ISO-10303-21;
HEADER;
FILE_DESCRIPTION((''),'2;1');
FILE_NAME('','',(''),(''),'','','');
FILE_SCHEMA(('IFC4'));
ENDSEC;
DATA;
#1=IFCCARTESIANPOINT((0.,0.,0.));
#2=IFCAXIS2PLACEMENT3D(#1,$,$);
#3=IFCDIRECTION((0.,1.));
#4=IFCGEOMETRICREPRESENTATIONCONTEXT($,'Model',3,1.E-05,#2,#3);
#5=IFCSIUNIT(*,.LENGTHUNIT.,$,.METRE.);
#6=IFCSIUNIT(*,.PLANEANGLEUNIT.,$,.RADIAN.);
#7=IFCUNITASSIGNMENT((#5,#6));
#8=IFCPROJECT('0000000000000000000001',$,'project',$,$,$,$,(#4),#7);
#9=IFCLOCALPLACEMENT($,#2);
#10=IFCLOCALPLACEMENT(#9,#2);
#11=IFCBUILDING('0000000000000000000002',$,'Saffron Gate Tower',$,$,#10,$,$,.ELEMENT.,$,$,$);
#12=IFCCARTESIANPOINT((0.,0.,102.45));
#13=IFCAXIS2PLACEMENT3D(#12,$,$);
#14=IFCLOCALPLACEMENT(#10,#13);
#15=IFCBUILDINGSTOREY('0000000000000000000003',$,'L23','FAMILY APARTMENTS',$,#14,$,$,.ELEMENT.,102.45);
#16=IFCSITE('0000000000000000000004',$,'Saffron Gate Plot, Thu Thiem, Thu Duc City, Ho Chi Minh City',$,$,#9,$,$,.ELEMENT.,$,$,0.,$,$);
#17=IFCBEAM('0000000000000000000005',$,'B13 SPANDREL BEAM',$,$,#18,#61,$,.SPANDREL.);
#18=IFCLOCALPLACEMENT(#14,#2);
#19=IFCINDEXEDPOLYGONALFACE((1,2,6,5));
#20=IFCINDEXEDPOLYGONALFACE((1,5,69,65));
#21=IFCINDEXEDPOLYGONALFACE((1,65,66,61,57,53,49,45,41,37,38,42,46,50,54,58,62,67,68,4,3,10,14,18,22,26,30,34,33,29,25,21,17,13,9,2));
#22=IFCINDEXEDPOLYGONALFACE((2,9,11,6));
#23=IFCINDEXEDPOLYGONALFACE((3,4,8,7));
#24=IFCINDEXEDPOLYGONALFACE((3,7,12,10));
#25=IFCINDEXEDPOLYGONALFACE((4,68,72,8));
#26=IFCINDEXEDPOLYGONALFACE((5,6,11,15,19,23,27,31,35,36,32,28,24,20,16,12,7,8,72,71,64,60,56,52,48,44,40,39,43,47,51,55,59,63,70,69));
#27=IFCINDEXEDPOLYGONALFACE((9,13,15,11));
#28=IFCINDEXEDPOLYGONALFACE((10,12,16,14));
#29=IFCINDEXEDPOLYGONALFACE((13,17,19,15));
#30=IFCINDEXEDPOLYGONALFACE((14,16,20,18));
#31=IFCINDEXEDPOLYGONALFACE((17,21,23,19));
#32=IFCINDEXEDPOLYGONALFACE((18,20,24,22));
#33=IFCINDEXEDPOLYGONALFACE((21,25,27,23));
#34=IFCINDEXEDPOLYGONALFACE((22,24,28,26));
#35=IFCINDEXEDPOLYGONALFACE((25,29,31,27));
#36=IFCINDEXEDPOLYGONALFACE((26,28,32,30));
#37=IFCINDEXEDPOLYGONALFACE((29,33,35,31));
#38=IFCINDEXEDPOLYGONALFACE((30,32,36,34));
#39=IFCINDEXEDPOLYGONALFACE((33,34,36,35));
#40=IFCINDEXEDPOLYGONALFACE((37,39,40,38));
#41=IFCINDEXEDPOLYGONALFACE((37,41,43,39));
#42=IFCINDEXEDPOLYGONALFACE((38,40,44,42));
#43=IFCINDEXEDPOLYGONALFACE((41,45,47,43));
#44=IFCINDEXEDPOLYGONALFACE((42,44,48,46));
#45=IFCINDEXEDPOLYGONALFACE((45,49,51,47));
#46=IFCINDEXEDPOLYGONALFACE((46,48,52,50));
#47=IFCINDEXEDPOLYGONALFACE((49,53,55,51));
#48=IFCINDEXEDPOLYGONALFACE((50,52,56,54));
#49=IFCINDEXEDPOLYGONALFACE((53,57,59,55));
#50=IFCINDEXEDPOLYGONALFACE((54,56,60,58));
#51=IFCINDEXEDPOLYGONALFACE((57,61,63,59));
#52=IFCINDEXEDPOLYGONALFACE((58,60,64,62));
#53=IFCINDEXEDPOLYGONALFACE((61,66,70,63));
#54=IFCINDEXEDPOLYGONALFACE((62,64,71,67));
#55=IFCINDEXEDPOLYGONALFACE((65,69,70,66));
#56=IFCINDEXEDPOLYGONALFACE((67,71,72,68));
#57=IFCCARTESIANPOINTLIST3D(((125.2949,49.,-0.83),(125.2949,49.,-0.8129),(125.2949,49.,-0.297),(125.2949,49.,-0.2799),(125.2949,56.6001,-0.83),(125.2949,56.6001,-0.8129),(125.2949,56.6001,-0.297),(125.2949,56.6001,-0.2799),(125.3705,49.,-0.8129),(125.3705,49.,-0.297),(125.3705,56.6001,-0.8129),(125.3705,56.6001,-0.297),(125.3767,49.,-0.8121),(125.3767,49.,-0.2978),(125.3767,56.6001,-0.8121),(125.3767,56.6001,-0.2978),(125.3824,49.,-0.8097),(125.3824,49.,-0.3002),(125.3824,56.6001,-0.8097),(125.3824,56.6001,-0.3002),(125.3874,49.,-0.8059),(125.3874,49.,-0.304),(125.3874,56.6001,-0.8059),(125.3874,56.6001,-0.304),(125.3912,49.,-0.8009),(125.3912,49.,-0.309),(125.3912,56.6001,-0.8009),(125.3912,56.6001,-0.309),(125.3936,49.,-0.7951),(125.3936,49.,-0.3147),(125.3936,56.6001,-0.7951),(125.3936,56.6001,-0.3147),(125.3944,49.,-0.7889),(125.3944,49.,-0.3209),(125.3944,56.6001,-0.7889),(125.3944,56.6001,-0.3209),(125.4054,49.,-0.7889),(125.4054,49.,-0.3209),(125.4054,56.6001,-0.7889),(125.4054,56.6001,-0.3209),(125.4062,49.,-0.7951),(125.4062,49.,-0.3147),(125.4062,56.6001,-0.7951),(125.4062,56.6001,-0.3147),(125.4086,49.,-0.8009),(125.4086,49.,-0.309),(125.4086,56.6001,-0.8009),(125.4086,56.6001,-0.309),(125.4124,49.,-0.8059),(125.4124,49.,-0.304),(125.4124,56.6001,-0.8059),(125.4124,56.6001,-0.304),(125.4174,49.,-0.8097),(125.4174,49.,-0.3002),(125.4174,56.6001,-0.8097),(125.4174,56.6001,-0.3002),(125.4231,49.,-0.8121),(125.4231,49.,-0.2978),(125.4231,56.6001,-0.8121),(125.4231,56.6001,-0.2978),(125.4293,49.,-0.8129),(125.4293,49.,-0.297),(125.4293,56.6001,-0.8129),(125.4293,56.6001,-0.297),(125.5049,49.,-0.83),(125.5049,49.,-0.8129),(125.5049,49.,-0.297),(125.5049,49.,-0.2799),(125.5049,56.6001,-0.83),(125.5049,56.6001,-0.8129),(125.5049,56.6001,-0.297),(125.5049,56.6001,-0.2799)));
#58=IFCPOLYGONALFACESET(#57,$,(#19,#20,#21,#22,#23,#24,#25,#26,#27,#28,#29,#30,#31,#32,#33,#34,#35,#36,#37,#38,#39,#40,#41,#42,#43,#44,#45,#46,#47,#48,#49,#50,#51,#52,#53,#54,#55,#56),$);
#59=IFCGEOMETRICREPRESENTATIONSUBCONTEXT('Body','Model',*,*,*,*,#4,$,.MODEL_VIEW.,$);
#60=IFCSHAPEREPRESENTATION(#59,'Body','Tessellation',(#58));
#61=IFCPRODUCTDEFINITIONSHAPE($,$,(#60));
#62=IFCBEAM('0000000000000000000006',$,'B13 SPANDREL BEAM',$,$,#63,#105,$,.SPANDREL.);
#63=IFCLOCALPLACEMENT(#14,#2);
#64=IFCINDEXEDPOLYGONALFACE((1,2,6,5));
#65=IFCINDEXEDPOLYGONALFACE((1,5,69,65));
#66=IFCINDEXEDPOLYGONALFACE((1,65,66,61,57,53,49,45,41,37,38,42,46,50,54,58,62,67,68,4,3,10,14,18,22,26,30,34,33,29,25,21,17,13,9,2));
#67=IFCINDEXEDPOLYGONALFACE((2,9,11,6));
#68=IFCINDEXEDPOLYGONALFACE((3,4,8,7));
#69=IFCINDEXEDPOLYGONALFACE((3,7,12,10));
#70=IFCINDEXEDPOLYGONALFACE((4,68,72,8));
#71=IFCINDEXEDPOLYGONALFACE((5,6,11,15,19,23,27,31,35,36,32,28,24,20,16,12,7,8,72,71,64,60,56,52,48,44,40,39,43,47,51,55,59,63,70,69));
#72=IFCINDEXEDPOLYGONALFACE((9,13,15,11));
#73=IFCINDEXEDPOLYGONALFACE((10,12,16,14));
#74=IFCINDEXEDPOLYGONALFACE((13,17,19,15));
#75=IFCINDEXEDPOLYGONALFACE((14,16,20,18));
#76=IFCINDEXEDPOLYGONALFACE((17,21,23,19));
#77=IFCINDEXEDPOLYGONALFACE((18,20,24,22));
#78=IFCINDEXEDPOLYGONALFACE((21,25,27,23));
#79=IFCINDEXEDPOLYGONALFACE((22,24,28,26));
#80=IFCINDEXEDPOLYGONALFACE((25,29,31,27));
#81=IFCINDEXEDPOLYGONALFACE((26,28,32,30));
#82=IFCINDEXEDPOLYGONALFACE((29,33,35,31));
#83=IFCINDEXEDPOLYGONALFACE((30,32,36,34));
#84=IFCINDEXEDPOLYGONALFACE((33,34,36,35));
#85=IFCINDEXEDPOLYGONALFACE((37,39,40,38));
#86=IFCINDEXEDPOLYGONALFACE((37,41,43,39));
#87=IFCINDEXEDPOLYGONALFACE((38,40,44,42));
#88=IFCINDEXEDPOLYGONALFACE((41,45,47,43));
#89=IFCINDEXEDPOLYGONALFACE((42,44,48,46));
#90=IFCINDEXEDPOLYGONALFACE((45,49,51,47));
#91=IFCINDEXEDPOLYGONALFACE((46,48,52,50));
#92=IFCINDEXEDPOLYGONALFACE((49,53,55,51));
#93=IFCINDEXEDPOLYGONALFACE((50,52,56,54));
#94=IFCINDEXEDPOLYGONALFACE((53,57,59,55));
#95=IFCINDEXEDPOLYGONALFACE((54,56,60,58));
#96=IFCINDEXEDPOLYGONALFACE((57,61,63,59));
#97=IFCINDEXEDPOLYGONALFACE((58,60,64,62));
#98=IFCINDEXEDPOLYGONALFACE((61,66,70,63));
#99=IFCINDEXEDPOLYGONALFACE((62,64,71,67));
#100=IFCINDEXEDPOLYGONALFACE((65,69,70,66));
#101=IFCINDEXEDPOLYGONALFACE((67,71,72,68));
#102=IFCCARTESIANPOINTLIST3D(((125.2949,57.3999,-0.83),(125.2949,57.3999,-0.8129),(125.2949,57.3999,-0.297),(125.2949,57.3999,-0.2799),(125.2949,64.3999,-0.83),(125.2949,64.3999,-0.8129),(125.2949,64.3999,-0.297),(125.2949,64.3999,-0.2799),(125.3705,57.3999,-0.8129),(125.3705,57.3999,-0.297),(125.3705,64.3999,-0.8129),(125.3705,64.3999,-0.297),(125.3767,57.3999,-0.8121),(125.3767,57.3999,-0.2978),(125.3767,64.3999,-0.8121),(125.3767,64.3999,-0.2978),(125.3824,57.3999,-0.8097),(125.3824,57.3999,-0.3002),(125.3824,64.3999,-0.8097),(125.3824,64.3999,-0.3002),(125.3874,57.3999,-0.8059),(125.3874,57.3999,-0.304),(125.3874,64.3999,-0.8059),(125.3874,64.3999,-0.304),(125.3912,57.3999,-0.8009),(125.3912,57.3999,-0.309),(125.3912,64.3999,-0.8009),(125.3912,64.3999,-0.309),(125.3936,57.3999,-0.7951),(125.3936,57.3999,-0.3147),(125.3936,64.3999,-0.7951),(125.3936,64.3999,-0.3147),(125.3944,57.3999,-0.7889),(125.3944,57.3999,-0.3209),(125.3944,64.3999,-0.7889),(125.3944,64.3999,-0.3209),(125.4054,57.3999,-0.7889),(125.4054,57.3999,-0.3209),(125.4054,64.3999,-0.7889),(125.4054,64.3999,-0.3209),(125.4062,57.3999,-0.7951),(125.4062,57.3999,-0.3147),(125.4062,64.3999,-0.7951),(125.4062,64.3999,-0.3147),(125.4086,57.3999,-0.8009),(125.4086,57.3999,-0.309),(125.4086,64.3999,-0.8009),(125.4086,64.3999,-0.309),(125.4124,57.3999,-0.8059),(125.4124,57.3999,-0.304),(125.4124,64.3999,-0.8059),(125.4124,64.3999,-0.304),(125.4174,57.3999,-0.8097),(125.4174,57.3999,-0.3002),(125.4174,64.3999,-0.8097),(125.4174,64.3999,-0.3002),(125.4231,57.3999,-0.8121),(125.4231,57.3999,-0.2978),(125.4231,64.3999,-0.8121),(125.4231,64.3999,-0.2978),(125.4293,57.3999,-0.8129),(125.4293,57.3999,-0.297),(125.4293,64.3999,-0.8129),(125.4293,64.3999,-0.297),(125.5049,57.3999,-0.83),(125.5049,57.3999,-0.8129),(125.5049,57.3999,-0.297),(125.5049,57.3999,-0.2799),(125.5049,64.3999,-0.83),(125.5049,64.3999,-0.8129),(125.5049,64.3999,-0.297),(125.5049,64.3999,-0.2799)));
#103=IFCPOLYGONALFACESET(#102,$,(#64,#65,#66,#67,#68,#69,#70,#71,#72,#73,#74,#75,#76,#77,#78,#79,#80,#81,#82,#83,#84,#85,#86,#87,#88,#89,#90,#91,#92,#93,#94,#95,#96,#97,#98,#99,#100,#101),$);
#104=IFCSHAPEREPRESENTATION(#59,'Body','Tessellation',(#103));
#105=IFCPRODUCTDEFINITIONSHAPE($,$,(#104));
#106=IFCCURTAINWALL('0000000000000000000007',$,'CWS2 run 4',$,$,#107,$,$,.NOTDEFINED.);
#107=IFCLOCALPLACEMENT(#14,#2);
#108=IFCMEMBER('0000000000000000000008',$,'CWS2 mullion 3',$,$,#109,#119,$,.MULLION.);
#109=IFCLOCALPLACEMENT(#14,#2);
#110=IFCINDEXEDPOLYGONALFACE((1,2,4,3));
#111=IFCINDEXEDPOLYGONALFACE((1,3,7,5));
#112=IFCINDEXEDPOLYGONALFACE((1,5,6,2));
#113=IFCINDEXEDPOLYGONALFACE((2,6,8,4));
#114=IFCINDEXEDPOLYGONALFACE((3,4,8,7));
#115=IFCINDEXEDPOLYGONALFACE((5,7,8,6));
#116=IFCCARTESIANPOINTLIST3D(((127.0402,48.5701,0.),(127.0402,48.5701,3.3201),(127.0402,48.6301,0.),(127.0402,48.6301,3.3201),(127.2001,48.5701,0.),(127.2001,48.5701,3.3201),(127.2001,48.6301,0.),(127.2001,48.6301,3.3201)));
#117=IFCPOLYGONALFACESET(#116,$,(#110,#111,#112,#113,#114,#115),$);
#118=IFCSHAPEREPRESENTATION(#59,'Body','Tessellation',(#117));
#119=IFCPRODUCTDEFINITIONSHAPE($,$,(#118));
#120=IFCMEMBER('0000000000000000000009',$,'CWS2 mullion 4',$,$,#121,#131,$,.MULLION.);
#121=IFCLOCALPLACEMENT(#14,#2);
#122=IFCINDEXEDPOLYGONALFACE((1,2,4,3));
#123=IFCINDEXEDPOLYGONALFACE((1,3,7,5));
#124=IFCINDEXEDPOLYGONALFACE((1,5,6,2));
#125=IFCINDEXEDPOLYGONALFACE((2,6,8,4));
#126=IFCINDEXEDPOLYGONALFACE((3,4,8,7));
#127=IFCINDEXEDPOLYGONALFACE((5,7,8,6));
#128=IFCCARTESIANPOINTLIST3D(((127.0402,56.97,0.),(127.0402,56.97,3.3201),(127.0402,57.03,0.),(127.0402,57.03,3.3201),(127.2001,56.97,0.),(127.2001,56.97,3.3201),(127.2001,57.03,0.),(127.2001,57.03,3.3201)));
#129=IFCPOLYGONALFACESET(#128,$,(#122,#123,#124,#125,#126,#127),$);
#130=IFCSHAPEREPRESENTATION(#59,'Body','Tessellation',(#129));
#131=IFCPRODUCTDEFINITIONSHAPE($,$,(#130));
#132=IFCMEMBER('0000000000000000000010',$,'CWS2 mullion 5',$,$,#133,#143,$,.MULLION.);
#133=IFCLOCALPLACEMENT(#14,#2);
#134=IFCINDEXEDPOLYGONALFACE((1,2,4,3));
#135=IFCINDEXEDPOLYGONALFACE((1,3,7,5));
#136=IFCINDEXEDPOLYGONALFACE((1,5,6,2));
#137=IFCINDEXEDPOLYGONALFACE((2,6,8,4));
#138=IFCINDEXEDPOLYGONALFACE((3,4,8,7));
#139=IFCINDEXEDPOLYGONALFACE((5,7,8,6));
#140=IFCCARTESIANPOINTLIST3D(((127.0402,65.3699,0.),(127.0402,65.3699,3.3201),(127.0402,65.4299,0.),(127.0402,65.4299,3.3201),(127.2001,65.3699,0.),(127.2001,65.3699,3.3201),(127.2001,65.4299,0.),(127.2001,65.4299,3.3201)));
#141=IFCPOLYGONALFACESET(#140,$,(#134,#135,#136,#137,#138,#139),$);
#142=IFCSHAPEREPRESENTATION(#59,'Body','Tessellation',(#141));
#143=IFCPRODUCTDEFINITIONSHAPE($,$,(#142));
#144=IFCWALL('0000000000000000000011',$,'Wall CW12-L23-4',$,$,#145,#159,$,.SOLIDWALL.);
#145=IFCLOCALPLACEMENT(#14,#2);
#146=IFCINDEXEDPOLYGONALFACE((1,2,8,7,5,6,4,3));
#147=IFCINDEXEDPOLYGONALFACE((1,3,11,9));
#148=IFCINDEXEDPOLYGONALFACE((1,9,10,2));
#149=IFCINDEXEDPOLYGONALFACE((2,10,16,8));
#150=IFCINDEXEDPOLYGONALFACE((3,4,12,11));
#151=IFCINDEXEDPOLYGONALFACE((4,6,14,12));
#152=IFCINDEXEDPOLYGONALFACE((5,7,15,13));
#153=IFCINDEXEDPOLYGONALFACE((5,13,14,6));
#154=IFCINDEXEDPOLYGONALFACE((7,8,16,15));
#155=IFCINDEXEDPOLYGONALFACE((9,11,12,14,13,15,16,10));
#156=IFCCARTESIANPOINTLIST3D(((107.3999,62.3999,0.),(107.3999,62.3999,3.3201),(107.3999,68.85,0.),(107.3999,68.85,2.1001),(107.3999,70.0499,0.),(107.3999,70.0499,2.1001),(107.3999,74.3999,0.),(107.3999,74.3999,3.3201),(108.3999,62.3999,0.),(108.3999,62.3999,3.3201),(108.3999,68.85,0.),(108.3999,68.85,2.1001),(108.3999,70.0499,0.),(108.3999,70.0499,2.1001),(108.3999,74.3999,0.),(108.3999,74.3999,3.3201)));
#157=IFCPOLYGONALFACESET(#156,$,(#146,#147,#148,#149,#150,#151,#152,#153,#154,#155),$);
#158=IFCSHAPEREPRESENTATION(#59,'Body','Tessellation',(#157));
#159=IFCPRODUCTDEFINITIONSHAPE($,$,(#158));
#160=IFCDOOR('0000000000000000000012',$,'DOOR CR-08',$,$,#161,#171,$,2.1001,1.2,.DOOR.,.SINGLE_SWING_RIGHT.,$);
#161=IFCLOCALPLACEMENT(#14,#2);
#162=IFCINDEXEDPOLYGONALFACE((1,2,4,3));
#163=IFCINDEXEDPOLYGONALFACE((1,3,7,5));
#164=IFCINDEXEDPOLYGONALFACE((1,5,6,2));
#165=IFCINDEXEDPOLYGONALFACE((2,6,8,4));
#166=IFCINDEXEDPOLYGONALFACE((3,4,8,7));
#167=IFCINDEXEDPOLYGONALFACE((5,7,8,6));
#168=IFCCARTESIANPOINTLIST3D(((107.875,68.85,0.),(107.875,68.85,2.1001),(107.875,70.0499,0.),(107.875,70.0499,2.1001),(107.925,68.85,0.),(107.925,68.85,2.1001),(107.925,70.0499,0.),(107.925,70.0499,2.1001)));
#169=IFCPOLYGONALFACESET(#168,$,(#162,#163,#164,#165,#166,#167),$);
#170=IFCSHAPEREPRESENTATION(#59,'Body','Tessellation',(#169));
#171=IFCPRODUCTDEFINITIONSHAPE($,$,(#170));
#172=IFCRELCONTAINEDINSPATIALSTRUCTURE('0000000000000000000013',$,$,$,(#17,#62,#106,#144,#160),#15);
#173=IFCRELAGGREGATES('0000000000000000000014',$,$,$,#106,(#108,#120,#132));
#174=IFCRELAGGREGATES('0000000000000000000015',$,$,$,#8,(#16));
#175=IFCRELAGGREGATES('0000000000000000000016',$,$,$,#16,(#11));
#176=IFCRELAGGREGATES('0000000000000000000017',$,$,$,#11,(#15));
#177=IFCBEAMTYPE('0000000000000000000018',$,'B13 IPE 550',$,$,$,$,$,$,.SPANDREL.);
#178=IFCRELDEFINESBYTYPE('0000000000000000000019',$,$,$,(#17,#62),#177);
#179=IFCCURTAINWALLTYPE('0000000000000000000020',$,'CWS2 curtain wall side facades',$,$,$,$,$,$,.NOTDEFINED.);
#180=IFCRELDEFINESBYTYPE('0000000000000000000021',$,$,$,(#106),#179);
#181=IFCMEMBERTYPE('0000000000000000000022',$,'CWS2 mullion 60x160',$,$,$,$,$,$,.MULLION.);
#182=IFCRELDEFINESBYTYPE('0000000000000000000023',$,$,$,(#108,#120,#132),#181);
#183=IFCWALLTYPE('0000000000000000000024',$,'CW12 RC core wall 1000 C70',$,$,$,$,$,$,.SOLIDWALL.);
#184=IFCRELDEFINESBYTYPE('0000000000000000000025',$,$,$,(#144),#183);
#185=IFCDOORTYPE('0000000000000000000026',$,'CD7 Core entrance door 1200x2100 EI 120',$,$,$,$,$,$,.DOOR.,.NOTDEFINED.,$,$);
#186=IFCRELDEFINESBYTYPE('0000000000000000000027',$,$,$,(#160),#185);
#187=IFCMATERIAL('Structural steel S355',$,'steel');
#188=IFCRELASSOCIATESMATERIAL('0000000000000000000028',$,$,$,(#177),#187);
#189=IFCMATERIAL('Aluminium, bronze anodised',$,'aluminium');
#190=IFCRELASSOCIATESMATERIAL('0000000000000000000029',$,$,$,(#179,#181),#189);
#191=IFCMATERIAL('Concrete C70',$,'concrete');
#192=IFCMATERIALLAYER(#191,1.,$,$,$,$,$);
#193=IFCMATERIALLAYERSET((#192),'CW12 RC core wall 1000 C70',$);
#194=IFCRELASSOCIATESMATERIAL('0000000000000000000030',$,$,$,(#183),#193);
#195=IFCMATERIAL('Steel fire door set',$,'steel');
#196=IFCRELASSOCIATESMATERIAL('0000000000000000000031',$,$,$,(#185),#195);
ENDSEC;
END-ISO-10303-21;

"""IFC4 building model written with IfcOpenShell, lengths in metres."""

from ifc_helpers import new_model, si_unit, direction, frame, frame_2d, origin, origin_2d, place, context, subcontext, project, spatial, rectangle, i_section, extrude, material, layer, layer_set, material_profile, profile_set, type_object, element, fill, aggregate, save


model = new_model("IFC4")

# Units and contexts
model_context = context("Model", 3, precision=1e-05, world=origin(), true_north=direction((0.0, 1.0)))
body_context = subcontext(model_context, "Body", "Model", "MODEL_VIEW")
ifc_project = project(units=[si_unit("LENGTHUNIT", "METRE"), si_unit("PLANEANGLEUNIT", "RADIAN")], contexts=[model_context])

# Site, building, storey
site_placement = place(None, origin())
site = spatial("IfcSite", under=ifc_project, at=site_placement, Name="Saffron Gate Plot, Thu Thiem, Thu Duc City, Ho Chi Minh City", CompositionType="ELEMENT", RefElevation=0.0)
building_placement = place(site_placement, origin())
building = spatial("IfcBuilding", under=site, at=building_placement, Name="Saffron Gate Tower", CompositionType="ELEMENT")
storey_placement = place(building_placement, frame((0.0, 0.0, 102.45)))
storey = spatial("IfcBuildingStorey", under=building, at=storey_placement, Name="L23", Description="FAMILY APARTMENTS", CompositionType="ELEMENT", Elevation=102.45)

# Beams
ifc_material_1 = material(Name="Structural steel S355", Category="steel")
ifc_material_profile_1 = material_profile(ifc_material_1, i_section(OverallWidth=0.21, OverallDepth=0.55, WebThickness=0.011, FlangeThickness=0.0171, FilletRadius=0.0239, at=origin_2d()))
ifc_profile_set_1 = profile_set([ifc_material_profile_1], Name="Structural steel S355")
beam_type_1 = type_object("IfcBeamType", Name="B13 IPE 550", PredefinedType="SPANDREL", material=ifc_profile_set_1)
beam_1_placement = place(storey_placement, frame((125.3999, 49.0, -0.5549), z_axis=(0.0, 1.0, 0.0), x_axis=(-1.0, 0.0, 0.0)))
element("IfcBeam", 1, at=beam_1_placement, inside=storey, type_object=beam_type_1, Name="B13 SPANDREL BEAM", PredefinedType="SPANDREL", context=body_context, shape_type="SweptSolid", body=[
    extrude(i_section(OverallWidth=0.21, OverallDepth=0.55, WebThickness=0.011, FlangeThickness=0.0171, FilletRadius=0.0239, at=origin_2d()), origin(), (0.0, 0.0, 1.0), 7.6001),
])
beam_2_placement = place(storey_placement, frame((125.3999, 57.3999, -0.5549), z_axis=(0.0, 1.0, 0.0), x_axis=(-1.0, 0.0, 0.0)))
element("IfcBeam", 2, at=beam_2_placement, inside=storey, type_object=beam_type_1, Name="B13 SPANDREL BEAM", PredefinedType="SPANDREL", context=body_context, shape_type="SweptSolid", body=[
    extrude(i_section(OverallWidth=0.21, OverallDepth=0.55, WebThickness=0.011, FlangeThickness=0.0171, FilletRadius=0.0239, at=origin_2d()), origin(), (0.0, 0.0, 1.0), 7.0),
])

# Curtain wall, members
ifc_material_2 = material(Name="Aluminium, bronze anodised", Category="aluminium")
curtain_wall_type = type_object("IfcCurtainWallType", Name="CWS2 curtain wall side facades", PredefinedType="NOTDEFINED", material=ifc_material_2)
curtain_wall_placement = place(storey_placement, origin())
curtain_wall = element("IfcCurtainWall", 3, at=curtain_wall_placement, inside=storey, type_object=curtain_wall_type, Name="CWS2 run 4", PredefinedType="NOTDEFINED")
ifc_material_profile_2 = material_profile(ifc_material_2, rectangle(XDim=0.1599, YDim=0.0601, at=origin_2d()))
ifc_profile_set_2 = profile_set([ifc_material_profile_2], Name="Aluminium, bronze anodised")
member_type = type_object("IfcMemberType", Name="CWS2 mullion 60x160", PredefinedType="MULLION", material=ifc_profile_set_2)
member_1_placement = place(storey_placement, frame((127.1201, 48.6001, 0.0), z_axis=(0.0, 0.0, 1.0), x_axis=(-1.0, 0.0, 0.0)))
member_1 = element("IfcMember", 4, at=member_1_placement, type_object=member_type, Name="CWS2 mullion 3", PredefinedType="MULLION", context=body_context, shape_type="SweptSolid", body=[
    extrude(rectangle(XDim=0.1599, YDim=0.0601, at=origin_2d()), origin(), (0.0, 0.0, 1.0), 3.3201),
])
member_2_placement = place(storey_placement, frame((127.1201, 57.0, 0.0), z_axis=(0.0, 0.0, 1.0), x_axis=(-1.0, 0.0, 0.0)))
member_2 = element("IfcMember", 5, at=member_2_placement, type_object=member_type, Name="CWS2 mullion 4", PredefinedType="MULLION", context=body_context, shape_type="SweptSolid", body=[
    extrude(rectangle(XDim=0.1599, YDim=0.0601, at=origin_2d()), origin(), (0.0, 0.0, 1.0), 3.3201),
])
member_3_placement = place(storey_placement, frame((127.1201, 65.3999, 0.0), z_axis=(0.0, 0.0, 1.0), x_axis=(-1.0, 0.0, 0.0)))
member_3 = element("IfcMember", 6, at=member_3_placement, type_object=member_type, Name="CWS2 mullion 5", PredefinedType="MULLION", context=body_context, shape_type="SweptSolid", body=[
    extrude(rectangle(XDim=0.1599, YDim=0.0601, at=origin_2d()), origin(), (0.0, 0.0, 1.0), 3.3201),
])
aggregate(curtain_wall, [member_1, member_2, member_3])

# Wall, opening, door
ifc_material_3 = material(Name="Concrete C70", Category="concrete")
ifc_layer_1 = layer(ifc_material_3, 1.0)
ifc_layer_set_1 = layer_set([ifc_layer_1], Name="CW12 RC core wall 1000 C70")
wall_type_1 = type_object("IfcWallType", Name="CW12 RC core wall 1000 C70", PredefinedType="SOLIDWALL", material=ifc_layer_set_1)
wall_1_placement = place(storey_placement, frame((107.8999, 62.3999, 0.0), z_axis=(0.0, 0.0, 1.0), x_axis=(0.0, 1.0, 0.0)))
wall_1 = element("IfcWall", 7, at=wall_1_placement, inside=storey, type_object=wall_type_1, Name="Wall CW12-L23-4", PredefinedType="SOLIDWALL", context=body_context, shape_type="SweptSolid", body=[
    extrude(rectangle(XDim=12.0, YDim=1.0, at=frame_2d((6.0, 0.0))), origin(), (0.0, 0.0, 1.0), 3.3201),
])
opening_1_placement = place(wall_1_placement, frame((6.45, 0.0, 0.0)))
opening_1 = element("IfcOpeningElement", 8, at=opening_1_placement, cuts=wall_1, PredefinedType="OPENING", context=body_context, shape_type="SweptSolid", body=[
    extrude(rectangle(XDim=1.2, YDim=2.1001, at=frame_2d((0.6001, 1.05))), frame((0.0, 0.51, 0.0), z_axis=(0.0, -1.0, 0.0), x_axis=(1.0, 0.0, 0.0)), (0.0, 0.0, 1.0), 1.02),
])
ifc_material_4 = material(Name="Steel fire door set", Category="steel")
door_type_1 = type_object("IfcDoorType", Name="CD7 Core entrance door 1200x2100 EI 120", OperationType="NOTDEFINED", PredefinedType="DOOR", material=ifc_material_4)
door_1_placement = place(opening_1_placement, origin())
door_1 = element("IfcDoor", 9, at=door_1_placement, inside=storey, type_object=door_type_1, Name="DOOR CR-08", OperationType="SINGLE_SWING_RIGHT", OverallHeight=2.1001, OverallWidth=1.2, PredefinedType="DOOR", context=body_context, shape_type="SweptSolid", body=[
    extrude(rectangle(XDim=1.2, YDim=2.1001, at=frame_2d((0.6001, 1.05))), frame((0.0, 0.0249, 0.0), z_axis=(0.0, -1.0, 0.0), x_axis=(1.0, 0.0, 0.0)), (0.0, 0.0, 1.0), 0.05),
])
fill(opening_1, door_1)

save(model, "model.ifc")
